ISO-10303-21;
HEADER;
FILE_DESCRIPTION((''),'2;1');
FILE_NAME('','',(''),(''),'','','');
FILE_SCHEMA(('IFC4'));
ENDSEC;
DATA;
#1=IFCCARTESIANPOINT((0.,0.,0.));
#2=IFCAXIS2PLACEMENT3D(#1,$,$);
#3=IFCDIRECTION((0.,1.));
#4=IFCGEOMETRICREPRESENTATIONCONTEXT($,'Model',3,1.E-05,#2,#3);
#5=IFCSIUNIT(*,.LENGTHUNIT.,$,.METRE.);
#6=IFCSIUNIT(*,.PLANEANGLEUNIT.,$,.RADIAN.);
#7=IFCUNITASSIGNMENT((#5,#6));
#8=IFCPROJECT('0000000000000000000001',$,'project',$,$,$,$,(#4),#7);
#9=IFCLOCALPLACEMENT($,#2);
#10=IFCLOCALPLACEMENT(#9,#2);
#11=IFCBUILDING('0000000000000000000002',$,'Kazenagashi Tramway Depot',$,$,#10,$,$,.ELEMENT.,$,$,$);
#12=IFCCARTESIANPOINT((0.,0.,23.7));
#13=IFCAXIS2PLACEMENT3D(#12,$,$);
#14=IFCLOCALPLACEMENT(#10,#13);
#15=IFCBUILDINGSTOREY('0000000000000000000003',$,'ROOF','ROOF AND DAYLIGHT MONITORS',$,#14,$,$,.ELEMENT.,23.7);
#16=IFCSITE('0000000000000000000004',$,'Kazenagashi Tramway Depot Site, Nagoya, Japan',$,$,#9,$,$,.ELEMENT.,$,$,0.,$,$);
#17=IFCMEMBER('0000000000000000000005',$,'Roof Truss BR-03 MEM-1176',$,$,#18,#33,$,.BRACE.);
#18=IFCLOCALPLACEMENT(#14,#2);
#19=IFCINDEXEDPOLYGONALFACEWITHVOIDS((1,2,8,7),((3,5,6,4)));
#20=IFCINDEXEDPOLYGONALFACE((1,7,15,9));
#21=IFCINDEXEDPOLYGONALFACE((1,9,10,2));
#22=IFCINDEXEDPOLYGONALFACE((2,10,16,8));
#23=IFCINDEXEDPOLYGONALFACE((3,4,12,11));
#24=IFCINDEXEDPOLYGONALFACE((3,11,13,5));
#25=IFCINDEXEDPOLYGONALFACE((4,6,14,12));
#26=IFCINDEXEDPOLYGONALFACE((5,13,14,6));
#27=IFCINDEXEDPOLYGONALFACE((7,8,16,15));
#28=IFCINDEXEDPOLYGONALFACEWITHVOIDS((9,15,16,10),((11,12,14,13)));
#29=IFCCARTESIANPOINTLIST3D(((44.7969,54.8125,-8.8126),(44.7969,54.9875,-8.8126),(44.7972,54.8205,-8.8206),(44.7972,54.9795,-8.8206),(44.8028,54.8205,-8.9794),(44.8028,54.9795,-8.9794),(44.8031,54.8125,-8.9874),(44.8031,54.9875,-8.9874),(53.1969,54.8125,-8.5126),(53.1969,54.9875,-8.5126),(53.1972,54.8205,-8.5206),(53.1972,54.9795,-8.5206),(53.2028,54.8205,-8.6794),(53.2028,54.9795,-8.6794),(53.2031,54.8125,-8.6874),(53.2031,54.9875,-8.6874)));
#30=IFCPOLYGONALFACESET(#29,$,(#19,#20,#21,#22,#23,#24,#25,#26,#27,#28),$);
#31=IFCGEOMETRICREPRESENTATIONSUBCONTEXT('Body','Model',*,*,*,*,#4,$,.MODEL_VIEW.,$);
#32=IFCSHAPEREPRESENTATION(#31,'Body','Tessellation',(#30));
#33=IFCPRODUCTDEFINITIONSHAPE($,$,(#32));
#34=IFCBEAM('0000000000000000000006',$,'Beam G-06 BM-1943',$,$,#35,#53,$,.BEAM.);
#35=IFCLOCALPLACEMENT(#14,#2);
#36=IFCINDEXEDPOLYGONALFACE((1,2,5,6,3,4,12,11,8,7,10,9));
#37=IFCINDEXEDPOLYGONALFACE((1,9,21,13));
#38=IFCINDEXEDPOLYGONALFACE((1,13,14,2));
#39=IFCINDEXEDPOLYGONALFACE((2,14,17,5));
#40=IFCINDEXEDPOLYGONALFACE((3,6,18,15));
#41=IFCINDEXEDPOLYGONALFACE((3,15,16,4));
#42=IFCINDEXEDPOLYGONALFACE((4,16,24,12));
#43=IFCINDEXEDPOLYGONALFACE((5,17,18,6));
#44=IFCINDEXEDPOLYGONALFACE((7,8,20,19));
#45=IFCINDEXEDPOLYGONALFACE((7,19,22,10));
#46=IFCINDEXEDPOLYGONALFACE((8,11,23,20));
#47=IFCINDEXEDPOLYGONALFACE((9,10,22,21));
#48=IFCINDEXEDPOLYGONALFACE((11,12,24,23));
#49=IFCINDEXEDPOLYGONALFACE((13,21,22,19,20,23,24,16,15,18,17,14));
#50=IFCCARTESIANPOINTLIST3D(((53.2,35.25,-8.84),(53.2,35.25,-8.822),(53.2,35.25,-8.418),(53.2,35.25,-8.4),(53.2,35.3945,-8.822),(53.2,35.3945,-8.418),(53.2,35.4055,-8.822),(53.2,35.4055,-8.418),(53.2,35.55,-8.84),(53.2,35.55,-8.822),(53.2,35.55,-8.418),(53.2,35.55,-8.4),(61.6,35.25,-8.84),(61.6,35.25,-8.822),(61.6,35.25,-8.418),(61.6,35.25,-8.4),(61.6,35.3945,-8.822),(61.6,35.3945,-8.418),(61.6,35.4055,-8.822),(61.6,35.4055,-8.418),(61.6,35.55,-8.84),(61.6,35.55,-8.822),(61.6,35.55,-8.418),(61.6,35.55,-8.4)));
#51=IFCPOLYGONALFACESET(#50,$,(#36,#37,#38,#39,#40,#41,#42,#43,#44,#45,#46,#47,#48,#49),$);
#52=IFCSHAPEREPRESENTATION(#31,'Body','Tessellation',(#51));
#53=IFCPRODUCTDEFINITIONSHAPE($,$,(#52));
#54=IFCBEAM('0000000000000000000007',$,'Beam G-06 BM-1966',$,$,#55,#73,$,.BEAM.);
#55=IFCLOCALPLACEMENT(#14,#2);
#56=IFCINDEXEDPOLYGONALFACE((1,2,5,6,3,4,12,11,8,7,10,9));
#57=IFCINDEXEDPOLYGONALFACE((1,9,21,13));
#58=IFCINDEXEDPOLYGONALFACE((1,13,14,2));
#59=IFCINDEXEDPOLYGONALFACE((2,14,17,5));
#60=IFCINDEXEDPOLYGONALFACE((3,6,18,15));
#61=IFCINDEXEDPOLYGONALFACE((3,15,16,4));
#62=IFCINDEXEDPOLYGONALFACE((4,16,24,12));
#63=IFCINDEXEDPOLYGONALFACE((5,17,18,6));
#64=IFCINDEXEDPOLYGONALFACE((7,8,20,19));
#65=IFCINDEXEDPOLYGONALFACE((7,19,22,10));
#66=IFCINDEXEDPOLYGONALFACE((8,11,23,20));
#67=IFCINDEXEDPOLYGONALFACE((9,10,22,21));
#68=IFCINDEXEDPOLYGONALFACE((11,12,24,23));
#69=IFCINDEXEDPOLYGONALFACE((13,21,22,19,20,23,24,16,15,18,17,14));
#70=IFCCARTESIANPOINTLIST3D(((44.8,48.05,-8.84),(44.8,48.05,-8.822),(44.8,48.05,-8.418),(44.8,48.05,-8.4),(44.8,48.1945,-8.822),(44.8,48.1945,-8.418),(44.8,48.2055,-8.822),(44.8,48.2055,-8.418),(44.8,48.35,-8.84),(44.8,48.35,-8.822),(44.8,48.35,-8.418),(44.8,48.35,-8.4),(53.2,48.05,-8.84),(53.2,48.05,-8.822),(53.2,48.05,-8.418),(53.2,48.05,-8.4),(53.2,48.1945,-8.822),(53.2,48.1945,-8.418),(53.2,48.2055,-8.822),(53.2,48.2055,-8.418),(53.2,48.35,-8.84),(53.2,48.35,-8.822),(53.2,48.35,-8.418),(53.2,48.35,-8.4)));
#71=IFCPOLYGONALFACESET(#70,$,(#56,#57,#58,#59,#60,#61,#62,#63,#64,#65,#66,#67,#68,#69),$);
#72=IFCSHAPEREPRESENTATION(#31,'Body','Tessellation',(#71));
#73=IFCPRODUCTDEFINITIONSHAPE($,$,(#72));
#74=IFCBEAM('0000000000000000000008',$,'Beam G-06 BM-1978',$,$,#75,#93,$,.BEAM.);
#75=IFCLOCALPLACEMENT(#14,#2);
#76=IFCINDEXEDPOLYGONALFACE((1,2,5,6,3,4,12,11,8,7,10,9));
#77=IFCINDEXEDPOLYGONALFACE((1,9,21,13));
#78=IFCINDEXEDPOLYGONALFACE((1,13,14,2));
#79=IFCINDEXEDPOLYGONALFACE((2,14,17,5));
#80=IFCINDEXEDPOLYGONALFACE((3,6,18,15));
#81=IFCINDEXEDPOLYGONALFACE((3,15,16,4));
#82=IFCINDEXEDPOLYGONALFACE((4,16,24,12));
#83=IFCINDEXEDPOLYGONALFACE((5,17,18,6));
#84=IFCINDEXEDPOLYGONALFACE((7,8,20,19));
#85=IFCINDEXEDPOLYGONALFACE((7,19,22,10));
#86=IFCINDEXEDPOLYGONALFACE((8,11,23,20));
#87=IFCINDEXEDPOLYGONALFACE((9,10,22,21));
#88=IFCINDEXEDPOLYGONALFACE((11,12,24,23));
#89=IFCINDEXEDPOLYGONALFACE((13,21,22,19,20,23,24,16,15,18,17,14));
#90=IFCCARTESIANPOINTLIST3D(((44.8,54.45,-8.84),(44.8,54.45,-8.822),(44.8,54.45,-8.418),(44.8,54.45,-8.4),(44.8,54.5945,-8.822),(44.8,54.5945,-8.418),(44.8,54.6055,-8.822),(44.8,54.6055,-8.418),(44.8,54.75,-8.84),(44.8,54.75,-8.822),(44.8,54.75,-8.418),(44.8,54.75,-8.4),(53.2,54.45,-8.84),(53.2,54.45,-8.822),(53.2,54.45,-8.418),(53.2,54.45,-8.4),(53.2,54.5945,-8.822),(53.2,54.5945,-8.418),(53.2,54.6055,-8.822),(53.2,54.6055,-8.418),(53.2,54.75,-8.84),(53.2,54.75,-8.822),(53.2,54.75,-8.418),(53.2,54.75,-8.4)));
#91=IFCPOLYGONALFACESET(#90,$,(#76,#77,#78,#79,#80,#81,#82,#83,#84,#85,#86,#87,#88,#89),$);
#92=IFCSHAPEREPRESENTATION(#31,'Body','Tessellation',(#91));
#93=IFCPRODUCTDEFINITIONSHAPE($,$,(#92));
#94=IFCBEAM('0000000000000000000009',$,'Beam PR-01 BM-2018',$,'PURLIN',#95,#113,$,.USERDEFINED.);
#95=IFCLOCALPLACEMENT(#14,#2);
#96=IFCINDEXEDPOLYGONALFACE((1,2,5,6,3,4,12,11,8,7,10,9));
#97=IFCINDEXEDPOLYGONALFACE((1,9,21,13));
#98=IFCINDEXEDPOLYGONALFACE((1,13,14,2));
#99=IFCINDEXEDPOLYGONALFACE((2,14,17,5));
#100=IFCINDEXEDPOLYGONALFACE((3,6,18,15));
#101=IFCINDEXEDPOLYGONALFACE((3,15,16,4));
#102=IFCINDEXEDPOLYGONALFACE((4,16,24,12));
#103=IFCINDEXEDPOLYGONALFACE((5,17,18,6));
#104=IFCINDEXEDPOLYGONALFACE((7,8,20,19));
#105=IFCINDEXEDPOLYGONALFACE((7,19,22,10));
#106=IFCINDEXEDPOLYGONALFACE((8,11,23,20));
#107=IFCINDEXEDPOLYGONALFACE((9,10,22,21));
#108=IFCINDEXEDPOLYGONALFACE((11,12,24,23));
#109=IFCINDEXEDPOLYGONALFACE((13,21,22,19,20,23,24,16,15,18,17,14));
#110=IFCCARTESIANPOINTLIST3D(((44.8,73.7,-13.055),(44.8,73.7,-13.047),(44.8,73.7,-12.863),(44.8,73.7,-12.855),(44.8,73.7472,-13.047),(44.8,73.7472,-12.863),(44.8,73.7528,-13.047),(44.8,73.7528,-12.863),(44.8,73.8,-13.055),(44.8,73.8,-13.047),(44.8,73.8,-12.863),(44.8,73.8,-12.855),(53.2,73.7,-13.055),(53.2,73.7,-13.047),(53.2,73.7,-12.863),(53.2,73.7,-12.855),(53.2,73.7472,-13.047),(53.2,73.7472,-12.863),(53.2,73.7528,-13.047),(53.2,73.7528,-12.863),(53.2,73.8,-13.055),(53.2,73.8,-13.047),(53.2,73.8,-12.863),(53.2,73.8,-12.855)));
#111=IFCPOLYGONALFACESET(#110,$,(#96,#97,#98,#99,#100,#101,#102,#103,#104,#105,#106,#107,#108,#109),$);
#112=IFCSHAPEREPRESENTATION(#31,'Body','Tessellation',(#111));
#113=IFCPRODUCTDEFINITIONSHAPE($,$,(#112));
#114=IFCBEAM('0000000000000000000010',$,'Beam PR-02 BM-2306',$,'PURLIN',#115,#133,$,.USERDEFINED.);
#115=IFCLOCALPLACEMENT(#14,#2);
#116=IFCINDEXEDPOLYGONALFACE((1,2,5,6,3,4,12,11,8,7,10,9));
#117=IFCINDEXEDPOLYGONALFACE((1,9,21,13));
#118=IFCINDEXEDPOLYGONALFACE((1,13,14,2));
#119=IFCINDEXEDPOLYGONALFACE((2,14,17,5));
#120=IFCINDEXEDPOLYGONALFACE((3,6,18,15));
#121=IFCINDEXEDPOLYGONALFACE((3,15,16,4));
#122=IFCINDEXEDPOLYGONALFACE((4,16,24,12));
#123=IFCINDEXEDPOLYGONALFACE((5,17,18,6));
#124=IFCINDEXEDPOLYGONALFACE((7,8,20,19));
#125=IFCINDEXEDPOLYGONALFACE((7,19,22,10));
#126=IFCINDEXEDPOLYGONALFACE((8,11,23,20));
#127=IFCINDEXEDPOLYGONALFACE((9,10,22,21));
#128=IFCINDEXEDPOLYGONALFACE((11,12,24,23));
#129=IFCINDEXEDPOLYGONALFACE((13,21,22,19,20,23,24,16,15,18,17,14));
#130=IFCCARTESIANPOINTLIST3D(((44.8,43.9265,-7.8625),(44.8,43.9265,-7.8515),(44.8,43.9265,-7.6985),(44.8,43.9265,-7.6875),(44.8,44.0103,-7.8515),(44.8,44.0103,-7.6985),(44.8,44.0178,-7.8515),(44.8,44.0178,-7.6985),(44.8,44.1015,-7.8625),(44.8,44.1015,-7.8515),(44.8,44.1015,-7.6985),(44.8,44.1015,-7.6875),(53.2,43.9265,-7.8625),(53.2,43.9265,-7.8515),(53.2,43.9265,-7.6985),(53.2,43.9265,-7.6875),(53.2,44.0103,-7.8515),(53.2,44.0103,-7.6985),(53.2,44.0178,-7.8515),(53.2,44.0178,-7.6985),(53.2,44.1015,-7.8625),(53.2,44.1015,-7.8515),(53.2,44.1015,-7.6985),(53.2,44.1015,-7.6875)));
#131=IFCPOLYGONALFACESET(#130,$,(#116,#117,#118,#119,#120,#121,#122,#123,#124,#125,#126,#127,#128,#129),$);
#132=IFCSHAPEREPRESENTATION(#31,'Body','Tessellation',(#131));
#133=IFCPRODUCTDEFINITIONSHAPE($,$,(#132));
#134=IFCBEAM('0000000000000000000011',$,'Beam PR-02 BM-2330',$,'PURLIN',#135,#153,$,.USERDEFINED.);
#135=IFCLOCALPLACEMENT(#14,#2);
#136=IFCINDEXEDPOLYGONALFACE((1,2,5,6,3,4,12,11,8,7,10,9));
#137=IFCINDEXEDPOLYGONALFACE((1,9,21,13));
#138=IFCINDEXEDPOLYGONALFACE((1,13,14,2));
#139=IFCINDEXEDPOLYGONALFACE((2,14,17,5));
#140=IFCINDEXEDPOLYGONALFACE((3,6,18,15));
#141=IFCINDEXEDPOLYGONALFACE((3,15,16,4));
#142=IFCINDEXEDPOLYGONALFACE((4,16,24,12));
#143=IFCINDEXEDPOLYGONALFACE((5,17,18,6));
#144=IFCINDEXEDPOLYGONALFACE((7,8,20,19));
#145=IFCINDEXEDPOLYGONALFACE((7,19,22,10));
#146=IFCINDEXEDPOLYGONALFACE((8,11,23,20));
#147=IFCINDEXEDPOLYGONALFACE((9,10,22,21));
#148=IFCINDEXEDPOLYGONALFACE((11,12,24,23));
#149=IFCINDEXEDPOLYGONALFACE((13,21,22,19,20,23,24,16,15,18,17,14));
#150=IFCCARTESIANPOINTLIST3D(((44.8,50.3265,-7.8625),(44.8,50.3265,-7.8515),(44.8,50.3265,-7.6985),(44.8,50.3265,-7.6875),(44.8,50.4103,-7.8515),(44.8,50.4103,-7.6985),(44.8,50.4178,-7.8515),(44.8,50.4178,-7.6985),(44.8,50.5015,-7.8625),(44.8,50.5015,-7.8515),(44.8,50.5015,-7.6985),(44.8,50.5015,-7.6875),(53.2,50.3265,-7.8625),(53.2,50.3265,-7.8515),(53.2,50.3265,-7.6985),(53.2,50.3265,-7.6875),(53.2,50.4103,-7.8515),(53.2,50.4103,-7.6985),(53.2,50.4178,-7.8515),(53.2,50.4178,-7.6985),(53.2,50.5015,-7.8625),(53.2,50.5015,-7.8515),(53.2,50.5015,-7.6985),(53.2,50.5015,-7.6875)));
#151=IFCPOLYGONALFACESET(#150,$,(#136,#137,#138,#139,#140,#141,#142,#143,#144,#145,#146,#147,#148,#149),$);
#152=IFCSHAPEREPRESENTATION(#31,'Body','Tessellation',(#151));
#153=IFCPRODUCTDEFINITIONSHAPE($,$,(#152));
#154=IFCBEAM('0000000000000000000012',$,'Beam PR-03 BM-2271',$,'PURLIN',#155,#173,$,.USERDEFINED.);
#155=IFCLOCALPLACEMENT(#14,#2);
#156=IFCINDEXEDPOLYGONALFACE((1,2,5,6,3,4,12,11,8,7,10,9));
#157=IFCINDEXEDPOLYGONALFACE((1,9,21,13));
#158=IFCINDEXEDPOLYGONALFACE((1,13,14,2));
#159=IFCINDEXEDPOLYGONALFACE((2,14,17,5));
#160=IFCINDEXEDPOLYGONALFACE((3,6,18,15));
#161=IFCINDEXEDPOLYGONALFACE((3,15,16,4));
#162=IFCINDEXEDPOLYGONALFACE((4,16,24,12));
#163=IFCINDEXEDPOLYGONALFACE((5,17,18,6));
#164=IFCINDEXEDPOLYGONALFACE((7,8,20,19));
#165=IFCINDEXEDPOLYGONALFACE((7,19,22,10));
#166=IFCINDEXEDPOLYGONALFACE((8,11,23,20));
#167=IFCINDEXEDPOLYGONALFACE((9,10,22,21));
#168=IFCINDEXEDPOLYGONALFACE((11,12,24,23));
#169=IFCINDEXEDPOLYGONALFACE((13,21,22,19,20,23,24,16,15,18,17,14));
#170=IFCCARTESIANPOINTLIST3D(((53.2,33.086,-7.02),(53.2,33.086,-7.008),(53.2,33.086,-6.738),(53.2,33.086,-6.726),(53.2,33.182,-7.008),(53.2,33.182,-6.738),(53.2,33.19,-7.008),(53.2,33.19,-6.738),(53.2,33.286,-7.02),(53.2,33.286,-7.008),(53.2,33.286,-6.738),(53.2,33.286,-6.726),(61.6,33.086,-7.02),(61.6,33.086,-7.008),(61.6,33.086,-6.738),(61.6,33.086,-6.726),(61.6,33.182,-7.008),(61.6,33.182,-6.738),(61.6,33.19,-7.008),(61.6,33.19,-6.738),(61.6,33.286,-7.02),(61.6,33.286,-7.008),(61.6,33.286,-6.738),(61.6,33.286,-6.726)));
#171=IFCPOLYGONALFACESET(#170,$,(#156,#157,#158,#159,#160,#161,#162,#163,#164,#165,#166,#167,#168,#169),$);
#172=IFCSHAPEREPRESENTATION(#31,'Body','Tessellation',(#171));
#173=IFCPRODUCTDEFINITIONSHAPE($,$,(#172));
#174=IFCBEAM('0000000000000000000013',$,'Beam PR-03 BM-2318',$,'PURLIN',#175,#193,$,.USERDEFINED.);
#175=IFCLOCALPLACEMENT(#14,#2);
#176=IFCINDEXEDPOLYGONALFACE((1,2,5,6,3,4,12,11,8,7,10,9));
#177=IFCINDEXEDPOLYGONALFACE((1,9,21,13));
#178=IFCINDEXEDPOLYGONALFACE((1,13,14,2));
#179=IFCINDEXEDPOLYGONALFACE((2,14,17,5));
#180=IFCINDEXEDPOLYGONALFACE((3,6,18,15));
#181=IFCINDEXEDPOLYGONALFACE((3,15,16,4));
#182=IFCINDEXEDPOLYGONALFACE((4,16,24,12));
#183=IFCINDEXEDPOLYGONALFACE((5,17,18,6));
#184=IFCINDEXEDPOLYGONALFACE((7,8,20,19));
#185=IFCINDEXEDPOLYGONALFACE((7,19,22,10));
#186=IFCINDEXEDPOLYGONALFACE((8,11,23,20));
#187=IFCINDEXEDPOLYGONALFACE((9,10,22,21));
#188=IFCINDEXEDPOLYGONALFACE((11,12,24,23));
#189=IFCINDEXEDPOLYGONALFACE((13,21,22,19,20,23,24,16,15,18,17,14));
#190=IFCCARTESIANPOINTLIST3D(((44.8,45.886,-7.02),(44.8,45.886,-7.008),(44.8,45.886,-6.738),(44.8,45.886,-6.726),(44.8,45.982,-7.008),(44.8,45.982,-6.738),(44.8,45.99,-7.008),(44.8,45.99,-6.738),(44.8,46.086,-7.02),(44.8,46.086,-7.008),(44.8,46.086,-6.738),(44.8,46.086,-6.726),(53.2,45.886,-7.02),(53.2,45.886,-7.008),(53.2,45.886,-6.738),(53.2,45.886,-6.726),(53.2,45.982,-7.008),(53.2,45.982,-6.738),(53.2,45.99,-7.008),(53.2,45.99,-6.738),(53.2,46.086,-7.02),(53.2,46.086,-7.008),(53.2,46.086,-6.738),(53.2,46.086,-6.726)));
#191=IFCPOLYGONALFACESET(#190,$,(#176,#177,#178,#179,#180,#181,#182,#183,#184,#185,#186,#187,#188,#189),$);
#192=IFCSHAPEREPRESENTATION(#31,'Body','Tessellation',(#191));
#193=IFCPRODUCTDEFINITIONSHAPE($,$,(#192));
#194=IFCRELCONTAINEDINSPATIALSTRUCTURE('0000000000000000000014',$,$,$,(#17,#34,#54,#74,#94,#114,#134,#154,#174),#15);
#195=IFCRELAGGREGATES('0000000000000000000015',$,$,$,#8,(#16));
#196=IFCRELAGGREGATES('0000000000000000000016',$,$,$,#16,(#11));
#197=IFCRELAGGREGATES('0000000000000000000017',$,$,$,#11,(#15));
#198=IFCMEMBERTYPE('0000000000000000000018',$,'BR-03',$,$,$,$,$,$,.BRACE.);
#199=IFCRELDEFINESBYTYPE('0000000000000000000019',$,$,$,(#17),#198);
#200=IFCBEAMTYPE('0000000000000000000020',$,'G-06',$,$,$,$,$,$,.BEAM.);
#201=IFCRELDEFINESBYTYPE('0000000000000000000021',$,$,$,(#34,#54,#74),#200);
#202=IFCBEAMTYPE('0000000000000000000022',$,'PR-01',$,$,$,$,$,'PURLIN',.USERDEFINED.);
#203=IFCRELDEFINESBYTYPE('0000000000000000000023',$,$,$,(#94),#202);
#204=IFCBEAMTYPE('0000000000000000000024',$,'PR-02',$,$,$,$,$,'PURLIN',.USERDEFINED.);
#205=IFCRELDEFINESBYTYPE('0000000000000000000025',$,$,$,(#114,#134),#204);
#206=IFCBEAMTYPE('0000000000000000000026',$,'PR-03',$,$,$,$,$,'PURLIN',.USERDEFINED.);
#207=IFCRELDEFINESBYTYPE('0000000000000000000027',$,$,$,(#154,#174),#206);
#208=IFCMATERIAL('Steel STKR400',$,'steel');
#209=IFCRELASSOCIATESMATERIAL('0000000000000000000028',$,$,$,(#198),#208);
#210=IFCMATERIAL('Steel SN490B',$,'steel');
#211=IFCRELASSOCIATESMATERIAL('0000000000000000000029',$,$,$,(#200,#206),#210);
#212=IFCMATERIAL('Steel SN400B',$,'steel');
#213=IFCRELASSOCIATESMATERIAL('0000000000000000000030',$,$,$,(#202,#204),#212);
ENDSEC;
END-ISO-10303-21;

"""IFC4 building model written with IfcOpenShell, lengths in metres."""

from ifc_helpers import new_model, si_unit, direction, frame, origin, origin_2d, place, context, subcontext, project, spatial, hollow_rectangle, i_section, extrude, material, material_profile, profile_set, type_object, element, save


model = new_model("IFC4")

# Units and contexts
model_context = context("Model", 3, precision=1e-05, world=origin(), true_north=direction((0.0, 1.0)))
body_context = subcontext(model_context, "Body", "Model", "MODEL_VIEW")
ifc_project = project(units=[si_unit("LENGTHUNIT", "METRE"), si_unit("PLANEANGLEUNIT", "RADIAN")], contexts=[model_context])

# Site, building, storey
site_placement = place(None, origin())
site = spatial("IfcSite", under=ifc_project, at=site_placement, Name="Kazenagashi Tramway Depot Site, Nagoya, Japan", CompositionType="ELEMENT", RefElevation=0.0)
building_placement = place(site_placement, origin())
building = spatial("IfcBuilding", under=site, at=building_placement, Name="Kazenagashi Tramway Depot", CompositionType="ELEMENT")
storey_placement = place(building_placement, frame((0.0, 0.0, 23.7)))
storey = spatial("IfcBuildingStorey", under=building, at=storey_placement, Name="ROOF", Description="ROOF AND DAYLIGHT MONITORS", CompositionType="ELEMENT", Elevation=23.7)

# Member
ifc_material_1 = material(Name="Steel STKR400", Category="steel")
ifc_material_profile_1 = material_profile(ifc_material_1, hollow_rectangle(XDim=0.175, YDim=0.175, WallThickness=0.008, at=origin_2d()), Name="SHS-175x175x8")
ifc_profile_set_1 = profile_set([ifc_material_profile_1], Name="Steel STKR400")
member_type_1 = type_object("IfcMemberType", Name="BR-03", PredefinedType="BRACE", material=ifc_profile_set_1)
member_1_placement = place(storey_placement, frame((44.8, 54.9, -8.9), z_axis=(0.999363, 0.0, 0.035692), x_axis=(0.0, 1.0, 0.0)))
element("IfcMember", 1, at=member_1_placement, inside=storey, type_object=member_type_1, Name="Roof Truss BR-03 MEM-1176", PredefinedType="BRACE", context=body_context, shape_type="SweptSolid", body=[
    extrude(hollow_rectangle(XDim=0.175, YDim=0.175, WallThickness=0.008, at=origin_2d()), origin(), (0.0, 0.0, 1.0), 8.4054),
])

# Beams
ifc_material_2 = material(Name="Steel SN490B", Category="steel")
ifc_material_profile_2 = material_profile(ifc_material_2, i_section(OverallWidth=0.3, OverallDepth=0.44, WebThickness=0.011, FlangeThickness=0.018, at=origin_2d()), Name="H-440x300x11x18")
ifc_profile_set_2 = profile_set([ifc_material_profile_2], Name="Steel SN490B")
beam_type_1 = type_object("IfcBeamType", Name="G-06", PredefinedType="BEAM", material=ifc_profile_set_2)
for number, where, z_axis, x_axis, name in (
    (2, (53.2, 35.4, -8.62), (1.0, 0.0, 0.0), (0.0, 1.0, 0.0), "Beam G-06 BM-1943"),
    (3, (44.8, 48.2, -8.62), (1.0, 0.0, 0.0), (0.0, 1.0, 0.0), "Beam G-06 BM-1966"),
    (4, (44.8, 54.6, -8.62), (1.0, 0.0, 0.0), (0.0, 1.0, 0.0), "Beam G-06 BM-1978"),
):
    element("IfcBeam", number, at=place(storey_placement, frame(where, z_axis=z_axis, x_axis=x_axis)), inside=storey, type_object=beam_type_1, Name=name, PredefinedType="BEAM", context=body_context, shape_type="SweptSolid", body=[
        extrude(i_section(OverallWidth=0.3, OverallDepth=0.44, WebThickness=0.011, FlangeThickness=0.018, at=origin_2d()), origin(), (0.0, 0.0, 1.0), 8.4),
    ])
ifc_material_3 = material(Name="Steel SN400B", Category="steel")
ifc_material_profile_3 = material_profile(ifc_material_3, i_section(OverallWidth=0.1, OverallDepth=0.2, WebThickness=0.0055, FlangeThickness=0.008, at=origin_2d()), Name="H-200x100x5.5x8")
ifc_profile_set_3 = profile_set([ifc_material_profile_3], Name="Steel SN400B")
beam_type_2 = type_object("IfcBeamType", Name="PR-01", ElementType="PURLIN", PredefinedType="USERDEFINED", material=ifc_profile_set_3)
beam_placement = place(storey_placement, frame((44.8, 73.75, -12.955), z_axis=(1.0, 0.0, 0.0), x_axis=(0.0, 1.0, 0.0)))
element("IfcBeam", 5, at=beam_placement, inside=storey, type_object=beam_type_2, Name="Beam PR-01 BM-2018", ObjectType="PURLIN", PredefinedType="USERDEFINED", context=body_context, shape_type="SweptSolid", body=[
    extrude(i_section(OverallWidth=0.1, OverallDepth=0.2, WebThickness=0.0055, FlangeThickness=0.008, at=origin_2d()), origin(), (0.0, 0.0, 1.0), 8.4),
])
ifc_material_profile_4 = material_profile(ifc_material_3, i_section(OverallWidth=0.175, OverallDepth=0.175, WebThickness=0.0075, FlangeThickness=0.011, at=origin_2d()), Name="H-175x175x7.5x11")
ifc_profile_set_4 = profile_set([ifc_material_profile_4], Name="Steel SN400B")
beam_type_3 = type_object("IfcBeamType", Name="PR-02", ElementType="PURLIN", PredefinedType="USERDEFINED", material=ifc_profile_set_4)
for number, where, z_axis, x_axis, name in (
    (6, (44.8, 44.014, -7.775), (1.0, 0.0, 0.0), (0.0, 1.0, 0.0), "Beam PR-02 BM-2306"),
    (7, (44.8, 50.414, -7.775), (1.0, 0.0, 0.0), (0.0, 1.0, 0.0), "Beam PR-02 BM-2330"),
):
    element("IfcBeam", number, at=place(storey_placement, frame(where, z_axis=z_axis, x_axis=x_axis)), inside=storey, type_object=beam_type_3, Name=name, ObjectType="PURLIN", PredefinedType="USERDEFINED", context=body_context, shape_type="SweptSolid", body=[
        extrude(i_section(OverallWidth=0.175, OverallDepth=0.175, WebThickness=0.0075, FlangeThickness=0.011, at=origin_2d()), origin(), (0.0, 0.0, 1.0), 8.4),
    ])
ifc_material_profile_5 = material_profile(ifc_material_2, i_section(OverallWidth=0.2, OverallDepth=0.294, WebThickness=0.008, FlangeThickness=0.012, at=origin_2d()), Name="H-294x200x8x12")
ifc_profile_set_5 = profile_set([ifc_material_profile_5], Name="Steel SN490B")
beam_type_4 = type_object("IfcBeamType", Name="PR-03", ElementType="PURLIN", PredefinedType="USERDEFINED", material=ifc_profile_set_5)
for number, where, z_axis, x_axis, name in (
    (8, (53.2, 33.186, -6.873), (1.0, 0.0, 0.0), (0.0, 1.0, 0.0), "Beam PR-03 BM-2271"),
    (9, (44.8, 45.986, -6.873), (1.0, 0.0, 0.0), (0.0, 1.0, 0.0), "Beam PR-03 BM-2318"),
):
    element("IfcBeam", number, at=place(storey_placement, frame(where, z_axis=z_axis, x_axis=x_axis)), inside=storey, type_object=beam_type_4, Name=name, ObjectType="PURLIN", PredefinedType="USERDEFINED", context=body_context, shape_type="SweptSolid", body=[
        extrude(i_section(OverallWidth=0.2, OverallDepth=0.294, WebThickness=0.008, FlangeThickness=0.012, at=origin_2d()), origin(), (0.0, 0.0, 1.0), 8.4),
    ])

save(model, "model.ifc")
